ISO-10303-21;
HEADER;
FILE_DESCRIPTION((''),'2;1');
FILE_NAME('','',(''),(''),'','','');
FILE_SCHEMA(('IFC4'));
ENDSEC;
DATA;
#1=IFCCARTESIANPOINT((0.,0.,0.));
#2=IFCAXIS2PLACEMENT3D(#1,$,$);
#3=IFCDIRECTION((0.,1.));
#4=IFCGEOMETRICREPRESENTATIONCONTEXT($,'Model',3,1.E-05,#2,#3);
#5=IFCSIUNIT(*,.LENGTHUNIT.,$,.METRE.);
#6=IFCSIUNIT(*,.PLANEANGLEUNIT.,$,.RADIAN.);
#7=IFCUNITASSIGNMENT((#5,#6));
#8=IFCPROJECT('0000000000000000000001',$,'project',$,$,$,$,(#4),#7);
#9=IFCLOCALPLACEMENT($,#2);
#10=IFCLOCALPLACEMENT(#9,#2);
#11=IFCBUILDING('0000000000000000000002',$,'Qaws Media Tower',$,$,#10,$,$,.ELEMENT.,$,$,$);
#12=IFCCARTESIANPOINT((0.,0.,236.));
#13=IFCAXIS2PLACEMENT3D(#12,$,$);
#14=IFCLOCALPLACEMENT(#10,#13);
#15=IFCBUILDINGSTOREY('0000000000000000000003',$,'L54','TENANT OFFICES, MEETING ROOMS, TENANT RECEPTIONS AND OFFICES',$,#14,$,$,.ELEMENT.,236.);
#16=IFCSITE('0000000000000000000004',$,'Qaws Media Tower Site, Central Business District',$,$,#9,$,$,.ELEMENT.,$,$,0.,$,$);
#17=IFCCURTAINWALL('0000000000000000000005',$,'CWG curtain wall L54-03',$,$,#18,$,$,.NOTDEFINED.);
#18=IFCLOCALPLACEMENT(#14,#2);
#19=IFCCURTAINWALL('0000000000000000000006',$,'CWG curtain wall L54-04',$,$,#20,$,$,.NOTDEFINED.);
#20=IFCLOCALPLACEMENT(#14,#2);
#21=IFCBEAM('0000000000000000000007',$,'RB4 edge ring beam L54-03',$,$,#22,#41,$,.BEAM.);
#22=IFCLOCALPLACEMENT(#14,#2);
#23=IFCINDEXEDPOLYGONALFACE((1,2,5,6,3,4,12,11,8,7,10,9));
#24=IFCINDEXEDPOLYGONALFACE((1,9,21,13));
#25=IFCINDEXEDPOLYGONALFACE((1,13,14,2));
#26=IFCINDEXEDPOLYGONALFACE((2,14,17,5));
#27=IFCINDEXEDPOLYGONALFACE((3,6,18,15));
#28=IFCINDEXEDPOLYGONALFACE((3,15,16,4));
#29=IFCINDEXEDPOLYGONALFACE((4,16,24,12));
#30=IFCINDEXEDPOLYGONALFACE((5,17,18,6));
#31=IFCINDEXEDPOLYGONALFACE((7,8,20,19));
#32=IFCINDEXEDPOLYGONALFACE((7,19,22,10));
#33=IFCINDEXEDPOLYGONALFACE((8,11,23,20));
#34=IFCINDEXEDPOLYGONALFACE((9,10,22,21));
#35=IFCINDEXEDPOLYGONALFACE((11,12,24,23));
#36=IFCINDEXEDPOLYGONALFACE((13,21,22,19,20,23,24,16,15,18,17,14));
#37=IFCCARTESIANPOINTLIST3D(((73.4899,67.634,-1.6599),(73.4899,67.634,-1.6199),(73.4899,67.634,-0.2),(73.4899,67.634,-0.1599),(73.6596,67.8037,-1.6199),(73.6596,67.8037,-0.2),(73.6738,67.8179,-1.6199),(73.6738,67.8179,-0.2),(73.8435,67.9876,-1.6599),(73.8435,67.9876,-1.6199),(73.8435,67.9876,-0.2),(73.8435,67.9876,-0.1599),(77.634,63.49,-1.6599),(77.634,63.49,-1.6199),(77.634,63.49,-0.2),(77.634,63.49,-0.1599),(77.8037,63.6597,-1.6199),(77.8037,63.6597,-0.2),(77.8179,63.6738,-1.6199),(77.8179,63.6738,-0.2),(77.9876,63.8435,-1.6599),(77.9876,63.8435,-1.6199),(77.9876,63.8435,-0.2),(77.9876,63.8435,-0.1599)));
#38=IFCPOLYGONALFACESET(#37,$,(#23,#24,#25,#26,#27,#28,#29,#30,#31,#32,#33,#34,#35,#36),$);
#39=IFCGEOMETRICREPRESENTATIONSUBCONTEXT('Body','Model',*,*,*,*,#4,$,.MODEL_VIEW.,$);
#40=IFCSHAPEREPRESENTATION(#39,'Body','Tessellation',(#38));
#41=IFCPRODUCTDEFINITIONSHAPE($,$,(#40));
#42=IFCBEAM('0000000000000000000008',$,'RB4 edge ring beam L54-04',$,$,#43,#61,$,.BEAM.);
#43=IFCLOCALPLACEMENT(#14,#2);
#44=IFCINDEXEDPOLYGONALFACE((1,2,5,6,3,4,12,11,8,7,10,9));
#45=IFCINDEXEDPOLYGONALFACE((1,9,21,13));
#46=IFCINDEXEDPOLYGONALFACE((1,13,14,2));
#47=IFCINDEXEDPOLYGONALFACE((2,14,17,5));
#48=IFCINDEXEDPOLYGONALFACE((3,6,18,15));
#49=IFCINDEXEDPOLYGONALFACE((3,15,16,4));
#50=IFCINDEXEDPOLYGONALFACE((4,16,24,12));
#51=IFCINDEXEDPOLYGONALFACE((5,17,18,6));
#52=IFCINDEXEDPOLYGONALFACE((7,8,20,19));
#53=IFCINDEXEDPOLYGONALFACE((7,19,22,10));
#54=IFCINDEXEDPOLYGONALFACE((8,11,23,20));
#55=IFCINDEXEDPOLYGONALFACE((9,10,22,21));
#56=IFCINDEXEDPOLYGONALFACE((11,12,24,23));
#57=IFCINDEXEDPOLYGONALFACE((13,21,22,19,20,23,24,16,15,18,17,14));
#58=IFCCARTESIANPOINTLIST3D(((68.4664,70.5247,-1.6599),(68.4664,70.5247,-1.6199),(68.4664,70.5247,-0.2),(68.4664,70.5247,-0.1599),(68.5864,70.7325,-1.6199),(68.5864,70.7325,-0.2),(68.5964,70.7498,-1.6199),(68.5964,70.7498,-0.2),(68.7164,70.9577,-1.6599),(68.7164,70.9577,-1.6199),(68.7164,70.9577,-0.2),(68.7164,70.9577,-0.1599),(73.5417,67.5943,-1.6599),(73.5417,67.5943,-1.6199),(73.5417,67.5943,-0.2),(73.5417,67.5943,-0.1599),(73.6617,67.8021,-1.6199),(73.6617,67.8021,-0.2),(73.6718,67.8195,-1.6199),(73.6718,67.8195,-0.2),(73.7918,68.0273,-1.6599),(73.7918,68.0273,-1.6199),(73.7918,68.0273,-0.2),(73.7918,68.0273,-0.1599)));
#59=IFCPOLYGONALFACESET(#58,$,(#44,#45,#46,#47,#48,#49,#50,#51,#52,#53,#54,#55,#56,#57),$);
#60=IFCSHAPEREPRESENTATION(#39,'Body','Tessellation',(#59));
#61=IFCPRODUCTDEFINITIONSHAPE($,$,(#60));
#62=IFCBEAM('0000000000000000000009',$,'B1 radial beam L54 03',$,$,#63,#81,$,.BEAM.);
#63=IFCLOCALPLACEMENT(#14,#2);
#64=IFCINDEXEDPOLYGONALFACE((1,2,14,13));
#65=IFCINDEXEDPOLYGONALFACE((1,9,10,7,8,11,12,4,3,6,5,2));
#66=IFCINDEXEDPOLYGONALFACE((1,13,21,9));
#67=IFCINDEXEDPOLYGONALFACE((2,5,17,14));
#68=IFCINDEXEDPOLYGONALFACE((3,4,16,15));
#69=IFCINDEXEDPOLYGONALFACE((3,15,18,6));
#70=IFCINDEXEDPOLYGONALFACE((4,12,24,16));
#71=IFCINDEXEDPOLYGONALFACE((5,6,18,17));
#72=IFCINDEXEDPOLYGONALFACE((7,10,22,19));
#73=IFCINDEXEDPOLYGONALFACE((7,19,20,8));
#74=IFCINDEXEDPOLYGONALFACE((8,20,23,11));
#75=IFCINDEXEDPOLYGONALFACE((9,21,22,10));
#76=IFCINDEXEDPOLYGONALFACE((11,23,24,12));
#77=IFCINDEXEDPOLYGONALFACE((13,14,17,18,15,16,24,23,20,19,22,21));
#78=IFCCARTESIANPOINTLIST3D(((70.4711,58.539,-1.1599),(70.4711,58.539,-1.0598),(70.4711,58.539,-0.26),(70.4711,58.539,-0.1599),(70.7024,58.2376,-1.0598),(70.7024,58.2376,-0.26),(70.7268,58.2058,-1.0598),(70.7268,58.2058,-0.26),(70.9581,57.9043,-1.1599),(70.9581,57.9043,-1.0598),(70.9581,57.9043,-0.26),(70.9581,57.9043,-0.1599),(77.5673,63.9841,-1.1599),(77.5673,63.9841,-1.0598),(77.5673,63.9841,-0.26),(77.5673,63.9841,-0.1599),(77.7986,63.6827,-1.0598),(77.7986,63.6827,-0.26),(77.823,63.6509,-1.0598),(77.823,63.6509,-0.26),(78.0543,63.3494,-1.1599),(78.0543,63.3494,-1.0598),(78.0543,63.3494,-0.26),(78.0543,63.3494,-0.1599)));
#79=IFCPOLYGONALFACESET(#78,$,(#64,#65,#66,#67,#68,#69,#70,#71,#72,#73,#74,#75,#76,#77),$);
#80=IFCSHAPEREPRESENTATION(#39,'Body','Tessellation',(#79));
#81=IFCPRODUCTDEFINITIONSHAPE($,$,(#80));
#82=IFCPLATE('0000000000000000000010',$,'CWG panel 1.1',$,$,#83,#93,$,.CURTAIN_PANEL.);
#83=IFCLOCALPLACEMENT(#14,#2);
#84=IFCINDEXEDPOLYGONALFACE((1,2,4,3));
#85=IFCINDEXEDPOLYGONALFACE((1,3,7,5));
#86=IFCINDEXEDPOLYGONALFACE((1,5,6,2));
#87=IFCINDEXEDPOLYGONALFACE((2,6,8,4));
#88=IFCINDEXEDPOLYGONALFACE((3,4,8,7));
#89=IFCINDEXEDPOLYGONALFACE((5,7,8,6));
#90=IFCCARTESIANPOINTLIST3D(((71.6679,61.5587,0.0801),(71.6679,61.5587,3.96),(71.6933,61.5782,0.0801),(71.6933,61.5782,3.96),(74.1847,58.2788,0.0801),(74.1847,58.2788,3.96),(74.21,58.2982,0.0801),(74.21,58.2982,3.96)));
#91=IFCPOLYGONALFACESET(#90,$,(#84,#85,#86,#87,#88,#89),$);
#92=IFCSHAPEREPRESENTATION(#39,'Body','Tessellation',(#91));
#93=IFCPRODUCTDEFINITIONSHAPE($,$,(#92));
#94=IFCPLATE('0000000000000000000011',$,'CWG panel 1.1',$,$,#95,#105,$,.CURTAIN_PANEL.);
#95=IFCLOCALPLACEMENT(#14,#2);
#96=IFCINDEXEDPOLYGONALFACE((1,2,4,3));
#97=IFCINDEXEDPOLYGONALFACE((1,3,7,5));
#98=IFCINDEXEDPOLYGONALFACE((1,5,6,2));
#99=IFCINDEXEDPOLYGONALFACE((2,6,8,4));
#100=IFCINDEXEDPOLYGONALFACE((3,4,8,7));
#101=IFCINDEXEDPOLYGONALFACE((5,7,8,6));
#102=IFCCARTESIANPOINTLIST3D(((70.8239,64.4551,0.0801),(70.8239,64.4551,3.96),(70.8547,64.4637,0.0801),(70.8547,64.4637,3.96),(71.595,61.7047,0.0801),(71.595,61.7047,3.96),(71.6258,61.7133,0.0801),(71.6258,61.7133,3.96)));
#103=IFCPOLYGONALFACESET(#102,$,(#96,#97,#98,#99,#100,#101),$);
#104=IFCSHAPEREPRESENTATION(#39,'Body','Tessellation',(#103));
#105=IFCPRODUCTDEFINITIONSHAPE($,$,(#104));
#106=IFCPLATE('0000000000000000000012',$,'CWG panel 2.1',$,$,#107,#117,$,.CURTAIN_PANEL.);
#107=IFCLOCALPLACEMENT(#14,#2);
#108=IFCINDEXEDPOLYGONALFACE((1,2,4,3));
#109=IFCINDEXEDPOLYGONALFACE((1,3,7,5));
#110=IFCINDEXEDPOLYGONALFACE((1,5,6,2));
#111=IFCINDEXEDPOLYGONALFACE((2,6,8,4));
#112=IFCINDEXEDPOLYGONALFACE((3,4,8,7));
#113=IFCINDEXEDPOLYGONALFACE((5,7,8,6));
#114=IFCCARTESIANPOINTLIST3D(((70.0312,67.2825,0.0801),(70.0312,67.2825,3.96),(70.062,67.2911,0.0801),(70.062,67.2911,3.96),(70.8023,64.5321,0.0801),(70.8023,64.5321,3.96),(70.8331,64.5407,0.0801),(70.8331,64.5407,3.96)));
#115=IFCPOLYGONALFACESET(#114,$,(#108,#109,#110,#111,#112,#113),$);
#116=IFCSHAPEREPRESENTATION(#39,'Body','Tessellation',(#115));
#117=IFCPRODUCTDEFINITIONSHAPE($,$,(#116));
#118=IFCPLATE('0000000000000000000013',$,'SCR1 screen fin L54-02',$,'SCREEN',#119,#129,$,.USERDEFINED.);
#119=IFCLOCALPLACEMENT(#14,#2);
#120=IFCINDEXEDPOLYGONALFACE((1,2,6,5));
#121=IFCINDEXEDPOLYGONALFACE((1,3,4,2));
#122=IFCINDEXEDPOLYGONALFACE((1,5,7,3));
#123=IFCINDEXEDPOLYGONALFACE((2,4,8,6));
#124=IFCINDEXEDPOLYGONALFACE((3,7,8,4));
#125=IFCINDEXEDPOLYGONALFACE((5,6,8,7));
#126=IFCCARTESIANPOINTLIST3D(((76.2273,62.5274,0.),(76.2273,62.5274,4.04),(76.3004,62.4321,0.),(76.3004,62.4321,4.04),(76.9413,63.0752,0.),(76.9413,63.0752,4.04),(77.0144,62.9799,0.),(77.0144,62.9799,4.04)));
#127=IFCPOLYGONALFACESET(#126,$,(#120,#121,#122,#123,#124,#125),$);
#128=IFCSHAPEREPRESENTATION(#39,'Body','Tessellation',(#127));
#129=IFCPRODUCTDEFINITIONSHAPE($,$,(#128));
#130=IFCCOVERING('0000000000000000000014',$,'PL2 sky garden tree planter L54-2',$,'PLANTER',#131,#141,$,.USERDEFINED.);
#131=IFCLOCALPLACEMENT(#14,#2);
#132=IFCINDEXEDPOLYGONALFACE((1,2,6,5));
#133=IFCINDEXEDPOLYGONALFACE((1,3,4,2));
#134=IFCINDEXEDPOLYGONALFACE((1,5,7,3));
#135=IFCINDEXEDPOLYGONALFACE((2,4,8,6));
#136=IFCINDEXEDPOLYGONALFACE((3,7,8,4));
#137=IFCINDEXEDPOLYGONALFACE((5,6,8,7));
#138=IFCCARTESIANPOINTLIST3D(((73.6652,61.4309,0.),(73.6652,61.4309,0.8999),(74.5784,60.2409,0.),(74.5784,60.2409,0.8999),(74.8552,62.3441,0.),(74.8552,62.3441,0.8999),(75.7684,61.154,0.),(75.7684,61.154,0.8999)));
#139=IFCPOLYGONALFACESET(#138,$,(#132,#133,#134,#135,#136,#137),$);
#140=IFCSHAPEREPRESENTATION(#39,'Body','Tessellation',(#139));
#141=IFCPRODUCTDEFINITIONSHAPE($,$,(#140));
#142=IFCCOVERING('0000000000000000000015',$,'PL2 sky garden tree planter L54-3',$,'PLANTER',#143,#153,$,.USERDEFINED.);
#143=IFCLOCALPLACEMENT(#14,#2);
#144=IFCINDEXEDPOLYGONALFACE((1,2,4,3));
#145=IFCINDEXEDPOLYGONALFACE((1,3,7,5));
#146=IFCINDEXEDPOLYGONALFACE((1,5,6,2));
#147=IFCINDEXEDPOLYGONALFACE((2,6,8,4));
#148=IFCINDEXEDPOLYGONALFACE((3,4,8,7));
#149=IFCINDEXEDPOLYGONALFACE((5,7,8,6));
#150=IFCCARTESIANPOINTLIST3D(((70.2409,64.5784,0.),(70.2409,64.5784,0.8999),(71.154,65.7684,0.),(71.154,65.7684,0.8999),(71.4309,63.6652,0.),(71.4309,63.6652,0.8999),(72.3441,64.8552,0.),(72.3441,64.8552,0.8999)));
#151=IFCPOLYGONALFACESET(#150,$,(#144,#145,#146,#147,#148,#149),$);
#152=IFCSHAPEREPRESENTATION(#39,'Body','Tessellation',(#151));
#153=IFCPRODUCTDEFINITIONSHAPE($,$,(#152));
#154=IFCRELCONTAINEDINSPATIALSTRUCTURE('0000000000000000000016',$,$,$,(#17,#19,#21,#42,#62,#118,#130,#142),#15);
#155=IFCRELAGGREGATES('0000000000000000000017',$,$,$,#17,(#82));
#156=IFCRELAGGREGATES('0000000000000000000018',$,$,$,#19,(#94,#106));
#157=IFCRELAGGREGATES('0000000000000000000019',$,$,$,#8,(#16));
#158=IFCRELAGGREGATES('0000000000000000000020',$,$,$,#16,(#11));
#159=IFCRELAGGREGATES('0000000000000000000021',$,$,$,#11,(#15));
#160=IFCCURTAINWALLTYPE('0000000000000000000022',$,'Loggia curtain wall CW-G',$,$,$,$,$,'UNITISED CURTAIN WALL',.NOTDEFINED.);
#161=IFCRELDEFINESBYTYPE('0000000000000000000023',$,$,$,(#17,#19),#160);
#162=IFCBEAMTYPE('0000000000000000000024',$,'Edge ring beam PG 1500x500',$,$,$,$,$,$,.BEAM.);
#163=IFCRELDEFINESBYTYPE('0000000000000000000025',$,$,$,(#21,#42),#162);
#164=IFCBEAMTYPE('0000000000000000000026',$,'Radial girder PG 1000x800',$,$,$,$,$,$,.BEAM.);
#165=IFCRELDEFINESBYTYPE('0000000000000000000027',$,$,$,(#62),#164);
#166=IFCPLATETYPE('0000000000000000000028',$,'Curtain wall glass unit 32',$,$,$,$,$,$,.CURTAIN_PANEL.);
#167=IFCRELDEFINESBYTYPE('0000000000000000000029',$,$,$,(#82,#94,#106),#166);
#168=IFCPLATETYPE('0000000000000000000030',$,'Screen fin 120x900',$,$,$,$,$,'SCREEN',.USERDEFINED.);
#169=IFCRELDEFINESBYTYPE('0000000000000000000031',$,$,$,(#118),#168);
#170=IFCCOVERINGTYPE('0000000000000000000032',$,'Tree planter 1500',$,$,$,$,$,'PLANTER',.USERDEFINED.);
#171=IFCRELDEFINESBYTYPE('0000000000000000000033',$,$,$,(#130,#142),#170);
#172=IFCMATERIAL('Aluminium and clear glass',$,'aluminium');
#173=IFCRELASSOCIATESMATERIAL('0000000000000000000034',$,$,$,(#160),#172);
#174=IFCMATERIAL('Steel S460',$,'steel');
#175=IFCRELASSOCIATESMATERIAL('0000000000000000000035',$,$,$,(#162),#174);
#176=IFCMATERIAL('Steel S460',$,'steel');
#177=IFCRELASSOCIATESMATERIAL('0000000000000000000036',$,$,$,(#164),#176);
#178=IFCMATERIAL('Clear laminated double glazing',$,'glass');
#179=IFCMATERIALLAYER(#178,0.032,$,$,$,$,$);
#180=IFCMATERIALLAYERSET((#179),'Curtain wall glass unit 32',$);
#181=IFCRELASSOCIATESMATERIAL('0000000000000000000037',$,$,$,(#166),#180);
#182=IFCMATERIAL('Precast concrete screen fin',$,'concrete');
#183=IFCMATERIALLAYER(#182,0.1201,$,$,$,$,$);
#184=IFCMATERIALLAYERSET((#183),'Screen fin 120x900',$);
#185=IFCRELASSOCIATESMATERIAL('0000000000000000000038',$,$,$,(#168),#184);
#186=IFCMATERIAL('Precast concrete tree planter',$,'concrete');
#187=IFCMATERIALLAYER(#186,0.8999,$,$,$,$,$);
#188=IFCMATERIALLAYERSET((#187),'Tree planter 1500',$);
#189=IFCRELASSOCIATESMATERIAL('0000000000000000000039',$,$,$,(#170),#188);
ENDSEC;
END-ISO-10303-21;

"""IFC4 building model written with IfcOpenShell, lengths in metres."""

from ifc_helpers import new_model, si_unit, direction, frame, origin, origin_2d, place, context, subcontext, project, spatial, rectangle, i_section, extrude, material, layer, layer_set, material_profile, profile_set, type_object, element, aggregate, save


model = new_model("IFC4")

# Units and contexts
model_context = context("Model", 3, precision=1e-05, world=origin(), true_north=direction((0.0, 1.0)))
body_context = subcontext(model_context, "Body", "Model", "MODEL_VIEW")
ifc_project = project(units=[si_unit("LENGTHUNIT", "METRE"), si_unit("PLANEANGLEUNIT", "RADIAN")], contexts=[model_context])

# Site, building, storey
site_placement = place(None, origin())
site = spatial("IfcSite", under=ifc_project, at=site_placement, Name="Qaws Media Tower Site, Central Business District", CompositionType="ELEMENT", RefElevation=0.0)
building_placement = place(site_placement, origin())
building = spatial("IfcBuilding", under=site, at=building_placement, Name="Qaws Media Tower", CompositionType="ELEMENT")
storey_placement = place(building_placement, frame((0.0, 0.0, 236.0)))
storey = spatial("IfcBuildingStorey", under=building, at=storey_placement, Name="L54", Description="TENANT OFFICES, MEETING ROOMS, TENANT RECEPTIONS AND OFFICES", CompositionType="ELEMENT", Elevation=236.0)

# Shared definitions
ifc_material_1 = material(Name="Aluminium and clear glass", Category="aluminium")
curtain_wall_type_1 = type_object("IfcCurtainWallType", Name="Loggia curtain wall CW-G", ElementType="UNITISED CURTAIN WALL", PredefinedType="NOTDEFINED", material=ifc_material_1)

# Curtain walls
curtain_wall_1_placement = place(storey_placement, origin())
curtain_wall_1 = element("IfcCurtainWall", 1, at=curtain_wall_1_placement, inside=storey, type_object=curtain_wall_type_1, Name="CWG curtain wall L54-03", PredefinedType="NOTDEFINED")
curtain_wall_2_placement = place(storey_placement, origin())
curtain_wall_2 = element("IfcCurtainWall", 2, at=curtain_wall_2_placement, inside=storey, type_object=curtain_wall_type_1, Name="CWG curtain wall L54-04", PredefinedType="NOTDEFINED")

# Beams
ifc_material_2 = material(Name="Steel S460", Category="steel")
ifc_material_profile_1 = material_profile(ifc_material_2, i_section(OverallWidth=0.5, OverallDepth=1.5, WebThickness=0.02, FlangeThickness=0.04, at=origin_2d()), Name="PG 1500x500")
ifc_profile_set_1 = profile_set([ifc_material_profile_1], Name="Steel S460")
beam_type_1 = type_object("IfcBeamType", Name="Edge ring beam PG 1500x500", PredefinedType="BEAM", material=ifc_profile_set_1)
for number, where, z_axis, x_axis, name in (
    (3, (77.8108, 63.6667, -0.9099), (-0.707107, 0.707107, 0.0), (-0.707107, -0.707107, 0.0), "RB4 edge ring beam L54-03"),
    (4, (73.6667, 67.8108, -0.9099), (-0.866017, 0.500015, 0.0), (-0.500015, -0.866017, 0.0), "RB4 edge ring beam L54-04"),
):
    element("IfcBeam", number, at=place(storey_placement, frame(where, z_axis=z_axis, x_axis=x_axis)), inside=storey, type_object=beam_type_1, Name=name, PredefinedType="BEAM", context=body_context, shape_type="SweptSolid", body=[
        extrude(i_section(OverallWidth=0.5, OverallDepth=1.5, WebThickness=0.02, FlangeThickness=0.04, at=origin_2d()), origin(), (0.0, 0.0, 1.0), 5.8606),
    ])
ifc_material_3 = material(Name="Steel S460", Category="steel")
ifc_material_profile_2 = material_profile(ifc_material_3, i_section(OverallWidth=0.8, OverallDepth=1.0, WebThickness=0.04, FlangeThickness=0.1001, at=origin_2d()), Name="PG 1000x800")
ifc_profile_set_2 = profile_set([ifc_material_profile_2], Name="Steel S460")
beam_type_2 = type_object("IfcBeamType", Name="Radial girder PG 1000x800", PredefinedType="BEAM", material=ifc_profile_set_2)
beam_placement = place(storey_placement, frame((70.7146, 58.2217, -0.6599), z_axis=(0.793355, 0.608759, 0.0), x_axis=(-0.608759, 0.793355, 0.0)))
element("IfcBeam", 5, at=beam_placement, inside=storey, type_object=beam_type_2, Name="B1 radial beam L54 03", PredefinedType="BEAM", context=body_context, shape_type="SweptSolid", body=[
    extrude(i_section(OverallWidth=0.8, OverallDepth=1.0, WebThickness=0.04, FlangeThickness=0.1001, at=origin_2d()), origin(), (0.0, 0.0, 1.0), 8.9446),
])

# Plates
ifc_material_4 = material(Name="Clear laminated double glazing", Category="glass")
ifc_layer_1 = layer(ifc_material_4, 0.032)
ifc_layer_set_1 = layer_set([ifc_layer_1], Name="Curtain wall glass unit 32")
plate_type_1 = type_object("IfcPlateType", Name="Curtain wall glass unit 32", PredefinedType="CURTAIN_PANEL", material=ifc_layer_set_1)
plate_1_placement = place(storey_placement, frame((72.939, 59.9285, 0.0801), z_axis=(0.0, 0.0, 1.0), x_axis=(-0.608761, 0.793353, 0.0)))
plate_1 = element("IfcPlate", 6, at=plate_1_placement, type_object=plate_type_1, Name="CWG panel 1.1", PredefinedType="CURTAIN_PANEL", context=body_context, shape_type="SweptSolid", body=[
    extrude(rectangle(XDim=4.1343, YDim=0.032, at=origin_2d()), origin(), (0.0, 0.0, 1.0), 3.8799),
])
aggregate(curtain_wall_1, [plate_1])
plate_2_placement = place(storey_placement, frame((71.2249, 63.0842, 0.0801), z_axis=(0.0, 0.0, 1.0), x_axis=(-0.269937, 0.962878, 0.0)))
plate_2 = element("IfcPlate", 7, at=plate_2_placement, type_object=plate_type_1, Name="CWG panel 1.1", PredefinedType="CURTAIN_PANEL", context=body_context, shape_type="SweptSolid", body=[
    extrude(rectangle(XDim=2.8564, YDim=0.032, at=origin_2d()), origin(), (0.0, 0.0, 1.0), 3.8799),
])
plate_3_placement = place(storey_placement, frame((70.4321, 65.9116, 0.0801), z_axis=(0.0, 0.0, 1.0), x_axis=(-0.269937, 0.962878, 0.0)))
plate_3 = element("IfcPlate", 8, at=plate_3_placement, type_object=plate_type_1, Name="CWG panel 2.1", PredefinedType="CURTAIN_PANEL", context=body_context, shape_type="SweptSolid", body=[
    extrude(rectangle(XDim=2.8564, YDim=0.032, at=origin_2d()), origin(), (0.0, 0.0, 1.0), 3.8799),
])
aggregate(curtain_wall_2, [plate_2, plate_3])
ifc_material_5 = material(Name="Precast concrete screen fin", Category="concrete")
ifc_layer_2 = layer(ifc_material_5, 0.1201)
ifc_layer_set_2 = layer_set([ifc_layer_2], Name="Screen fin 120x900")
plate_type_2 = type_object("IfcPlateType", Name="Screen fin 120x900", ElementType="SCREEN", PredefinedType="USERDEFINED", material=ifc_layer_set_2)
plate_4_placement = place(storey_placement, frame((76.6208, 62.7537, 0.0), z_axis=(0.0, 0.0, 1.0), x_axis=(0.793353, 0.608761, 0.0)))
element("IfcPlate", 9, at=plate_4_placement, inside=storey, type_object=plate_type_2, Name="SCR1 screen fin L54-02", ObjectType="SCREEN", PredefinedType="USERDEFINED", context=body_context, shape_type="SweptSolid", body=[
    extrude(rectangle(XDim=0.8999, YDim=0.1201, at=origin_2d()), origin(), (0.0, 0.0, 1.0), 4.04),
])

# Coverings
ifc_material_6 = material(Name="Precast concrete tree planter", Category="concrete")
ifc_layer_3 = layer(ifc_material_6, 0.8999)
ifc_layer_set_3 = layer_set([ifc_layer_3], Name="Tree planter 1500")
covering_type = type_object("IfcCoveringType", Name="Tree planter 1500", ElementType="PLANTER", PredefinedType="USERDEFINED", material=ifc_layer_set_3)
for number, where, z_axis, x_axis, name in (
    (10, (74.7168, 61.2925, 0.0), (0.0, 0.0, 1.0), (0.793353, 0.608761, 0.0), "PL2 sky garden tree planter L54-2"),
    (11, (71.2925, 64.7168, 0.0), (0.0, 0.0, 1.0), (0.608761, 0.793353, 0.0), "PL2 sky garden tree planter L54-3"),
):
    element("IfcCovering", number, at=place(storey_placement, frame(where, z_axis=z_axis, x_axis=x_axis)), inside=storey, type_object=covering_type, Name=name, ObjectType="PLANTER", PredefinedType="USERDEFINED", context=body_context, shape_type="SweptSolid", body=[
        extrude(rectangle(XDim=1.5, YDim=1.5, at=origin_2d()), origin(), (0.0, 0.0, 1.0), 0.8999),
    ])

save(model, "model.ifc")
